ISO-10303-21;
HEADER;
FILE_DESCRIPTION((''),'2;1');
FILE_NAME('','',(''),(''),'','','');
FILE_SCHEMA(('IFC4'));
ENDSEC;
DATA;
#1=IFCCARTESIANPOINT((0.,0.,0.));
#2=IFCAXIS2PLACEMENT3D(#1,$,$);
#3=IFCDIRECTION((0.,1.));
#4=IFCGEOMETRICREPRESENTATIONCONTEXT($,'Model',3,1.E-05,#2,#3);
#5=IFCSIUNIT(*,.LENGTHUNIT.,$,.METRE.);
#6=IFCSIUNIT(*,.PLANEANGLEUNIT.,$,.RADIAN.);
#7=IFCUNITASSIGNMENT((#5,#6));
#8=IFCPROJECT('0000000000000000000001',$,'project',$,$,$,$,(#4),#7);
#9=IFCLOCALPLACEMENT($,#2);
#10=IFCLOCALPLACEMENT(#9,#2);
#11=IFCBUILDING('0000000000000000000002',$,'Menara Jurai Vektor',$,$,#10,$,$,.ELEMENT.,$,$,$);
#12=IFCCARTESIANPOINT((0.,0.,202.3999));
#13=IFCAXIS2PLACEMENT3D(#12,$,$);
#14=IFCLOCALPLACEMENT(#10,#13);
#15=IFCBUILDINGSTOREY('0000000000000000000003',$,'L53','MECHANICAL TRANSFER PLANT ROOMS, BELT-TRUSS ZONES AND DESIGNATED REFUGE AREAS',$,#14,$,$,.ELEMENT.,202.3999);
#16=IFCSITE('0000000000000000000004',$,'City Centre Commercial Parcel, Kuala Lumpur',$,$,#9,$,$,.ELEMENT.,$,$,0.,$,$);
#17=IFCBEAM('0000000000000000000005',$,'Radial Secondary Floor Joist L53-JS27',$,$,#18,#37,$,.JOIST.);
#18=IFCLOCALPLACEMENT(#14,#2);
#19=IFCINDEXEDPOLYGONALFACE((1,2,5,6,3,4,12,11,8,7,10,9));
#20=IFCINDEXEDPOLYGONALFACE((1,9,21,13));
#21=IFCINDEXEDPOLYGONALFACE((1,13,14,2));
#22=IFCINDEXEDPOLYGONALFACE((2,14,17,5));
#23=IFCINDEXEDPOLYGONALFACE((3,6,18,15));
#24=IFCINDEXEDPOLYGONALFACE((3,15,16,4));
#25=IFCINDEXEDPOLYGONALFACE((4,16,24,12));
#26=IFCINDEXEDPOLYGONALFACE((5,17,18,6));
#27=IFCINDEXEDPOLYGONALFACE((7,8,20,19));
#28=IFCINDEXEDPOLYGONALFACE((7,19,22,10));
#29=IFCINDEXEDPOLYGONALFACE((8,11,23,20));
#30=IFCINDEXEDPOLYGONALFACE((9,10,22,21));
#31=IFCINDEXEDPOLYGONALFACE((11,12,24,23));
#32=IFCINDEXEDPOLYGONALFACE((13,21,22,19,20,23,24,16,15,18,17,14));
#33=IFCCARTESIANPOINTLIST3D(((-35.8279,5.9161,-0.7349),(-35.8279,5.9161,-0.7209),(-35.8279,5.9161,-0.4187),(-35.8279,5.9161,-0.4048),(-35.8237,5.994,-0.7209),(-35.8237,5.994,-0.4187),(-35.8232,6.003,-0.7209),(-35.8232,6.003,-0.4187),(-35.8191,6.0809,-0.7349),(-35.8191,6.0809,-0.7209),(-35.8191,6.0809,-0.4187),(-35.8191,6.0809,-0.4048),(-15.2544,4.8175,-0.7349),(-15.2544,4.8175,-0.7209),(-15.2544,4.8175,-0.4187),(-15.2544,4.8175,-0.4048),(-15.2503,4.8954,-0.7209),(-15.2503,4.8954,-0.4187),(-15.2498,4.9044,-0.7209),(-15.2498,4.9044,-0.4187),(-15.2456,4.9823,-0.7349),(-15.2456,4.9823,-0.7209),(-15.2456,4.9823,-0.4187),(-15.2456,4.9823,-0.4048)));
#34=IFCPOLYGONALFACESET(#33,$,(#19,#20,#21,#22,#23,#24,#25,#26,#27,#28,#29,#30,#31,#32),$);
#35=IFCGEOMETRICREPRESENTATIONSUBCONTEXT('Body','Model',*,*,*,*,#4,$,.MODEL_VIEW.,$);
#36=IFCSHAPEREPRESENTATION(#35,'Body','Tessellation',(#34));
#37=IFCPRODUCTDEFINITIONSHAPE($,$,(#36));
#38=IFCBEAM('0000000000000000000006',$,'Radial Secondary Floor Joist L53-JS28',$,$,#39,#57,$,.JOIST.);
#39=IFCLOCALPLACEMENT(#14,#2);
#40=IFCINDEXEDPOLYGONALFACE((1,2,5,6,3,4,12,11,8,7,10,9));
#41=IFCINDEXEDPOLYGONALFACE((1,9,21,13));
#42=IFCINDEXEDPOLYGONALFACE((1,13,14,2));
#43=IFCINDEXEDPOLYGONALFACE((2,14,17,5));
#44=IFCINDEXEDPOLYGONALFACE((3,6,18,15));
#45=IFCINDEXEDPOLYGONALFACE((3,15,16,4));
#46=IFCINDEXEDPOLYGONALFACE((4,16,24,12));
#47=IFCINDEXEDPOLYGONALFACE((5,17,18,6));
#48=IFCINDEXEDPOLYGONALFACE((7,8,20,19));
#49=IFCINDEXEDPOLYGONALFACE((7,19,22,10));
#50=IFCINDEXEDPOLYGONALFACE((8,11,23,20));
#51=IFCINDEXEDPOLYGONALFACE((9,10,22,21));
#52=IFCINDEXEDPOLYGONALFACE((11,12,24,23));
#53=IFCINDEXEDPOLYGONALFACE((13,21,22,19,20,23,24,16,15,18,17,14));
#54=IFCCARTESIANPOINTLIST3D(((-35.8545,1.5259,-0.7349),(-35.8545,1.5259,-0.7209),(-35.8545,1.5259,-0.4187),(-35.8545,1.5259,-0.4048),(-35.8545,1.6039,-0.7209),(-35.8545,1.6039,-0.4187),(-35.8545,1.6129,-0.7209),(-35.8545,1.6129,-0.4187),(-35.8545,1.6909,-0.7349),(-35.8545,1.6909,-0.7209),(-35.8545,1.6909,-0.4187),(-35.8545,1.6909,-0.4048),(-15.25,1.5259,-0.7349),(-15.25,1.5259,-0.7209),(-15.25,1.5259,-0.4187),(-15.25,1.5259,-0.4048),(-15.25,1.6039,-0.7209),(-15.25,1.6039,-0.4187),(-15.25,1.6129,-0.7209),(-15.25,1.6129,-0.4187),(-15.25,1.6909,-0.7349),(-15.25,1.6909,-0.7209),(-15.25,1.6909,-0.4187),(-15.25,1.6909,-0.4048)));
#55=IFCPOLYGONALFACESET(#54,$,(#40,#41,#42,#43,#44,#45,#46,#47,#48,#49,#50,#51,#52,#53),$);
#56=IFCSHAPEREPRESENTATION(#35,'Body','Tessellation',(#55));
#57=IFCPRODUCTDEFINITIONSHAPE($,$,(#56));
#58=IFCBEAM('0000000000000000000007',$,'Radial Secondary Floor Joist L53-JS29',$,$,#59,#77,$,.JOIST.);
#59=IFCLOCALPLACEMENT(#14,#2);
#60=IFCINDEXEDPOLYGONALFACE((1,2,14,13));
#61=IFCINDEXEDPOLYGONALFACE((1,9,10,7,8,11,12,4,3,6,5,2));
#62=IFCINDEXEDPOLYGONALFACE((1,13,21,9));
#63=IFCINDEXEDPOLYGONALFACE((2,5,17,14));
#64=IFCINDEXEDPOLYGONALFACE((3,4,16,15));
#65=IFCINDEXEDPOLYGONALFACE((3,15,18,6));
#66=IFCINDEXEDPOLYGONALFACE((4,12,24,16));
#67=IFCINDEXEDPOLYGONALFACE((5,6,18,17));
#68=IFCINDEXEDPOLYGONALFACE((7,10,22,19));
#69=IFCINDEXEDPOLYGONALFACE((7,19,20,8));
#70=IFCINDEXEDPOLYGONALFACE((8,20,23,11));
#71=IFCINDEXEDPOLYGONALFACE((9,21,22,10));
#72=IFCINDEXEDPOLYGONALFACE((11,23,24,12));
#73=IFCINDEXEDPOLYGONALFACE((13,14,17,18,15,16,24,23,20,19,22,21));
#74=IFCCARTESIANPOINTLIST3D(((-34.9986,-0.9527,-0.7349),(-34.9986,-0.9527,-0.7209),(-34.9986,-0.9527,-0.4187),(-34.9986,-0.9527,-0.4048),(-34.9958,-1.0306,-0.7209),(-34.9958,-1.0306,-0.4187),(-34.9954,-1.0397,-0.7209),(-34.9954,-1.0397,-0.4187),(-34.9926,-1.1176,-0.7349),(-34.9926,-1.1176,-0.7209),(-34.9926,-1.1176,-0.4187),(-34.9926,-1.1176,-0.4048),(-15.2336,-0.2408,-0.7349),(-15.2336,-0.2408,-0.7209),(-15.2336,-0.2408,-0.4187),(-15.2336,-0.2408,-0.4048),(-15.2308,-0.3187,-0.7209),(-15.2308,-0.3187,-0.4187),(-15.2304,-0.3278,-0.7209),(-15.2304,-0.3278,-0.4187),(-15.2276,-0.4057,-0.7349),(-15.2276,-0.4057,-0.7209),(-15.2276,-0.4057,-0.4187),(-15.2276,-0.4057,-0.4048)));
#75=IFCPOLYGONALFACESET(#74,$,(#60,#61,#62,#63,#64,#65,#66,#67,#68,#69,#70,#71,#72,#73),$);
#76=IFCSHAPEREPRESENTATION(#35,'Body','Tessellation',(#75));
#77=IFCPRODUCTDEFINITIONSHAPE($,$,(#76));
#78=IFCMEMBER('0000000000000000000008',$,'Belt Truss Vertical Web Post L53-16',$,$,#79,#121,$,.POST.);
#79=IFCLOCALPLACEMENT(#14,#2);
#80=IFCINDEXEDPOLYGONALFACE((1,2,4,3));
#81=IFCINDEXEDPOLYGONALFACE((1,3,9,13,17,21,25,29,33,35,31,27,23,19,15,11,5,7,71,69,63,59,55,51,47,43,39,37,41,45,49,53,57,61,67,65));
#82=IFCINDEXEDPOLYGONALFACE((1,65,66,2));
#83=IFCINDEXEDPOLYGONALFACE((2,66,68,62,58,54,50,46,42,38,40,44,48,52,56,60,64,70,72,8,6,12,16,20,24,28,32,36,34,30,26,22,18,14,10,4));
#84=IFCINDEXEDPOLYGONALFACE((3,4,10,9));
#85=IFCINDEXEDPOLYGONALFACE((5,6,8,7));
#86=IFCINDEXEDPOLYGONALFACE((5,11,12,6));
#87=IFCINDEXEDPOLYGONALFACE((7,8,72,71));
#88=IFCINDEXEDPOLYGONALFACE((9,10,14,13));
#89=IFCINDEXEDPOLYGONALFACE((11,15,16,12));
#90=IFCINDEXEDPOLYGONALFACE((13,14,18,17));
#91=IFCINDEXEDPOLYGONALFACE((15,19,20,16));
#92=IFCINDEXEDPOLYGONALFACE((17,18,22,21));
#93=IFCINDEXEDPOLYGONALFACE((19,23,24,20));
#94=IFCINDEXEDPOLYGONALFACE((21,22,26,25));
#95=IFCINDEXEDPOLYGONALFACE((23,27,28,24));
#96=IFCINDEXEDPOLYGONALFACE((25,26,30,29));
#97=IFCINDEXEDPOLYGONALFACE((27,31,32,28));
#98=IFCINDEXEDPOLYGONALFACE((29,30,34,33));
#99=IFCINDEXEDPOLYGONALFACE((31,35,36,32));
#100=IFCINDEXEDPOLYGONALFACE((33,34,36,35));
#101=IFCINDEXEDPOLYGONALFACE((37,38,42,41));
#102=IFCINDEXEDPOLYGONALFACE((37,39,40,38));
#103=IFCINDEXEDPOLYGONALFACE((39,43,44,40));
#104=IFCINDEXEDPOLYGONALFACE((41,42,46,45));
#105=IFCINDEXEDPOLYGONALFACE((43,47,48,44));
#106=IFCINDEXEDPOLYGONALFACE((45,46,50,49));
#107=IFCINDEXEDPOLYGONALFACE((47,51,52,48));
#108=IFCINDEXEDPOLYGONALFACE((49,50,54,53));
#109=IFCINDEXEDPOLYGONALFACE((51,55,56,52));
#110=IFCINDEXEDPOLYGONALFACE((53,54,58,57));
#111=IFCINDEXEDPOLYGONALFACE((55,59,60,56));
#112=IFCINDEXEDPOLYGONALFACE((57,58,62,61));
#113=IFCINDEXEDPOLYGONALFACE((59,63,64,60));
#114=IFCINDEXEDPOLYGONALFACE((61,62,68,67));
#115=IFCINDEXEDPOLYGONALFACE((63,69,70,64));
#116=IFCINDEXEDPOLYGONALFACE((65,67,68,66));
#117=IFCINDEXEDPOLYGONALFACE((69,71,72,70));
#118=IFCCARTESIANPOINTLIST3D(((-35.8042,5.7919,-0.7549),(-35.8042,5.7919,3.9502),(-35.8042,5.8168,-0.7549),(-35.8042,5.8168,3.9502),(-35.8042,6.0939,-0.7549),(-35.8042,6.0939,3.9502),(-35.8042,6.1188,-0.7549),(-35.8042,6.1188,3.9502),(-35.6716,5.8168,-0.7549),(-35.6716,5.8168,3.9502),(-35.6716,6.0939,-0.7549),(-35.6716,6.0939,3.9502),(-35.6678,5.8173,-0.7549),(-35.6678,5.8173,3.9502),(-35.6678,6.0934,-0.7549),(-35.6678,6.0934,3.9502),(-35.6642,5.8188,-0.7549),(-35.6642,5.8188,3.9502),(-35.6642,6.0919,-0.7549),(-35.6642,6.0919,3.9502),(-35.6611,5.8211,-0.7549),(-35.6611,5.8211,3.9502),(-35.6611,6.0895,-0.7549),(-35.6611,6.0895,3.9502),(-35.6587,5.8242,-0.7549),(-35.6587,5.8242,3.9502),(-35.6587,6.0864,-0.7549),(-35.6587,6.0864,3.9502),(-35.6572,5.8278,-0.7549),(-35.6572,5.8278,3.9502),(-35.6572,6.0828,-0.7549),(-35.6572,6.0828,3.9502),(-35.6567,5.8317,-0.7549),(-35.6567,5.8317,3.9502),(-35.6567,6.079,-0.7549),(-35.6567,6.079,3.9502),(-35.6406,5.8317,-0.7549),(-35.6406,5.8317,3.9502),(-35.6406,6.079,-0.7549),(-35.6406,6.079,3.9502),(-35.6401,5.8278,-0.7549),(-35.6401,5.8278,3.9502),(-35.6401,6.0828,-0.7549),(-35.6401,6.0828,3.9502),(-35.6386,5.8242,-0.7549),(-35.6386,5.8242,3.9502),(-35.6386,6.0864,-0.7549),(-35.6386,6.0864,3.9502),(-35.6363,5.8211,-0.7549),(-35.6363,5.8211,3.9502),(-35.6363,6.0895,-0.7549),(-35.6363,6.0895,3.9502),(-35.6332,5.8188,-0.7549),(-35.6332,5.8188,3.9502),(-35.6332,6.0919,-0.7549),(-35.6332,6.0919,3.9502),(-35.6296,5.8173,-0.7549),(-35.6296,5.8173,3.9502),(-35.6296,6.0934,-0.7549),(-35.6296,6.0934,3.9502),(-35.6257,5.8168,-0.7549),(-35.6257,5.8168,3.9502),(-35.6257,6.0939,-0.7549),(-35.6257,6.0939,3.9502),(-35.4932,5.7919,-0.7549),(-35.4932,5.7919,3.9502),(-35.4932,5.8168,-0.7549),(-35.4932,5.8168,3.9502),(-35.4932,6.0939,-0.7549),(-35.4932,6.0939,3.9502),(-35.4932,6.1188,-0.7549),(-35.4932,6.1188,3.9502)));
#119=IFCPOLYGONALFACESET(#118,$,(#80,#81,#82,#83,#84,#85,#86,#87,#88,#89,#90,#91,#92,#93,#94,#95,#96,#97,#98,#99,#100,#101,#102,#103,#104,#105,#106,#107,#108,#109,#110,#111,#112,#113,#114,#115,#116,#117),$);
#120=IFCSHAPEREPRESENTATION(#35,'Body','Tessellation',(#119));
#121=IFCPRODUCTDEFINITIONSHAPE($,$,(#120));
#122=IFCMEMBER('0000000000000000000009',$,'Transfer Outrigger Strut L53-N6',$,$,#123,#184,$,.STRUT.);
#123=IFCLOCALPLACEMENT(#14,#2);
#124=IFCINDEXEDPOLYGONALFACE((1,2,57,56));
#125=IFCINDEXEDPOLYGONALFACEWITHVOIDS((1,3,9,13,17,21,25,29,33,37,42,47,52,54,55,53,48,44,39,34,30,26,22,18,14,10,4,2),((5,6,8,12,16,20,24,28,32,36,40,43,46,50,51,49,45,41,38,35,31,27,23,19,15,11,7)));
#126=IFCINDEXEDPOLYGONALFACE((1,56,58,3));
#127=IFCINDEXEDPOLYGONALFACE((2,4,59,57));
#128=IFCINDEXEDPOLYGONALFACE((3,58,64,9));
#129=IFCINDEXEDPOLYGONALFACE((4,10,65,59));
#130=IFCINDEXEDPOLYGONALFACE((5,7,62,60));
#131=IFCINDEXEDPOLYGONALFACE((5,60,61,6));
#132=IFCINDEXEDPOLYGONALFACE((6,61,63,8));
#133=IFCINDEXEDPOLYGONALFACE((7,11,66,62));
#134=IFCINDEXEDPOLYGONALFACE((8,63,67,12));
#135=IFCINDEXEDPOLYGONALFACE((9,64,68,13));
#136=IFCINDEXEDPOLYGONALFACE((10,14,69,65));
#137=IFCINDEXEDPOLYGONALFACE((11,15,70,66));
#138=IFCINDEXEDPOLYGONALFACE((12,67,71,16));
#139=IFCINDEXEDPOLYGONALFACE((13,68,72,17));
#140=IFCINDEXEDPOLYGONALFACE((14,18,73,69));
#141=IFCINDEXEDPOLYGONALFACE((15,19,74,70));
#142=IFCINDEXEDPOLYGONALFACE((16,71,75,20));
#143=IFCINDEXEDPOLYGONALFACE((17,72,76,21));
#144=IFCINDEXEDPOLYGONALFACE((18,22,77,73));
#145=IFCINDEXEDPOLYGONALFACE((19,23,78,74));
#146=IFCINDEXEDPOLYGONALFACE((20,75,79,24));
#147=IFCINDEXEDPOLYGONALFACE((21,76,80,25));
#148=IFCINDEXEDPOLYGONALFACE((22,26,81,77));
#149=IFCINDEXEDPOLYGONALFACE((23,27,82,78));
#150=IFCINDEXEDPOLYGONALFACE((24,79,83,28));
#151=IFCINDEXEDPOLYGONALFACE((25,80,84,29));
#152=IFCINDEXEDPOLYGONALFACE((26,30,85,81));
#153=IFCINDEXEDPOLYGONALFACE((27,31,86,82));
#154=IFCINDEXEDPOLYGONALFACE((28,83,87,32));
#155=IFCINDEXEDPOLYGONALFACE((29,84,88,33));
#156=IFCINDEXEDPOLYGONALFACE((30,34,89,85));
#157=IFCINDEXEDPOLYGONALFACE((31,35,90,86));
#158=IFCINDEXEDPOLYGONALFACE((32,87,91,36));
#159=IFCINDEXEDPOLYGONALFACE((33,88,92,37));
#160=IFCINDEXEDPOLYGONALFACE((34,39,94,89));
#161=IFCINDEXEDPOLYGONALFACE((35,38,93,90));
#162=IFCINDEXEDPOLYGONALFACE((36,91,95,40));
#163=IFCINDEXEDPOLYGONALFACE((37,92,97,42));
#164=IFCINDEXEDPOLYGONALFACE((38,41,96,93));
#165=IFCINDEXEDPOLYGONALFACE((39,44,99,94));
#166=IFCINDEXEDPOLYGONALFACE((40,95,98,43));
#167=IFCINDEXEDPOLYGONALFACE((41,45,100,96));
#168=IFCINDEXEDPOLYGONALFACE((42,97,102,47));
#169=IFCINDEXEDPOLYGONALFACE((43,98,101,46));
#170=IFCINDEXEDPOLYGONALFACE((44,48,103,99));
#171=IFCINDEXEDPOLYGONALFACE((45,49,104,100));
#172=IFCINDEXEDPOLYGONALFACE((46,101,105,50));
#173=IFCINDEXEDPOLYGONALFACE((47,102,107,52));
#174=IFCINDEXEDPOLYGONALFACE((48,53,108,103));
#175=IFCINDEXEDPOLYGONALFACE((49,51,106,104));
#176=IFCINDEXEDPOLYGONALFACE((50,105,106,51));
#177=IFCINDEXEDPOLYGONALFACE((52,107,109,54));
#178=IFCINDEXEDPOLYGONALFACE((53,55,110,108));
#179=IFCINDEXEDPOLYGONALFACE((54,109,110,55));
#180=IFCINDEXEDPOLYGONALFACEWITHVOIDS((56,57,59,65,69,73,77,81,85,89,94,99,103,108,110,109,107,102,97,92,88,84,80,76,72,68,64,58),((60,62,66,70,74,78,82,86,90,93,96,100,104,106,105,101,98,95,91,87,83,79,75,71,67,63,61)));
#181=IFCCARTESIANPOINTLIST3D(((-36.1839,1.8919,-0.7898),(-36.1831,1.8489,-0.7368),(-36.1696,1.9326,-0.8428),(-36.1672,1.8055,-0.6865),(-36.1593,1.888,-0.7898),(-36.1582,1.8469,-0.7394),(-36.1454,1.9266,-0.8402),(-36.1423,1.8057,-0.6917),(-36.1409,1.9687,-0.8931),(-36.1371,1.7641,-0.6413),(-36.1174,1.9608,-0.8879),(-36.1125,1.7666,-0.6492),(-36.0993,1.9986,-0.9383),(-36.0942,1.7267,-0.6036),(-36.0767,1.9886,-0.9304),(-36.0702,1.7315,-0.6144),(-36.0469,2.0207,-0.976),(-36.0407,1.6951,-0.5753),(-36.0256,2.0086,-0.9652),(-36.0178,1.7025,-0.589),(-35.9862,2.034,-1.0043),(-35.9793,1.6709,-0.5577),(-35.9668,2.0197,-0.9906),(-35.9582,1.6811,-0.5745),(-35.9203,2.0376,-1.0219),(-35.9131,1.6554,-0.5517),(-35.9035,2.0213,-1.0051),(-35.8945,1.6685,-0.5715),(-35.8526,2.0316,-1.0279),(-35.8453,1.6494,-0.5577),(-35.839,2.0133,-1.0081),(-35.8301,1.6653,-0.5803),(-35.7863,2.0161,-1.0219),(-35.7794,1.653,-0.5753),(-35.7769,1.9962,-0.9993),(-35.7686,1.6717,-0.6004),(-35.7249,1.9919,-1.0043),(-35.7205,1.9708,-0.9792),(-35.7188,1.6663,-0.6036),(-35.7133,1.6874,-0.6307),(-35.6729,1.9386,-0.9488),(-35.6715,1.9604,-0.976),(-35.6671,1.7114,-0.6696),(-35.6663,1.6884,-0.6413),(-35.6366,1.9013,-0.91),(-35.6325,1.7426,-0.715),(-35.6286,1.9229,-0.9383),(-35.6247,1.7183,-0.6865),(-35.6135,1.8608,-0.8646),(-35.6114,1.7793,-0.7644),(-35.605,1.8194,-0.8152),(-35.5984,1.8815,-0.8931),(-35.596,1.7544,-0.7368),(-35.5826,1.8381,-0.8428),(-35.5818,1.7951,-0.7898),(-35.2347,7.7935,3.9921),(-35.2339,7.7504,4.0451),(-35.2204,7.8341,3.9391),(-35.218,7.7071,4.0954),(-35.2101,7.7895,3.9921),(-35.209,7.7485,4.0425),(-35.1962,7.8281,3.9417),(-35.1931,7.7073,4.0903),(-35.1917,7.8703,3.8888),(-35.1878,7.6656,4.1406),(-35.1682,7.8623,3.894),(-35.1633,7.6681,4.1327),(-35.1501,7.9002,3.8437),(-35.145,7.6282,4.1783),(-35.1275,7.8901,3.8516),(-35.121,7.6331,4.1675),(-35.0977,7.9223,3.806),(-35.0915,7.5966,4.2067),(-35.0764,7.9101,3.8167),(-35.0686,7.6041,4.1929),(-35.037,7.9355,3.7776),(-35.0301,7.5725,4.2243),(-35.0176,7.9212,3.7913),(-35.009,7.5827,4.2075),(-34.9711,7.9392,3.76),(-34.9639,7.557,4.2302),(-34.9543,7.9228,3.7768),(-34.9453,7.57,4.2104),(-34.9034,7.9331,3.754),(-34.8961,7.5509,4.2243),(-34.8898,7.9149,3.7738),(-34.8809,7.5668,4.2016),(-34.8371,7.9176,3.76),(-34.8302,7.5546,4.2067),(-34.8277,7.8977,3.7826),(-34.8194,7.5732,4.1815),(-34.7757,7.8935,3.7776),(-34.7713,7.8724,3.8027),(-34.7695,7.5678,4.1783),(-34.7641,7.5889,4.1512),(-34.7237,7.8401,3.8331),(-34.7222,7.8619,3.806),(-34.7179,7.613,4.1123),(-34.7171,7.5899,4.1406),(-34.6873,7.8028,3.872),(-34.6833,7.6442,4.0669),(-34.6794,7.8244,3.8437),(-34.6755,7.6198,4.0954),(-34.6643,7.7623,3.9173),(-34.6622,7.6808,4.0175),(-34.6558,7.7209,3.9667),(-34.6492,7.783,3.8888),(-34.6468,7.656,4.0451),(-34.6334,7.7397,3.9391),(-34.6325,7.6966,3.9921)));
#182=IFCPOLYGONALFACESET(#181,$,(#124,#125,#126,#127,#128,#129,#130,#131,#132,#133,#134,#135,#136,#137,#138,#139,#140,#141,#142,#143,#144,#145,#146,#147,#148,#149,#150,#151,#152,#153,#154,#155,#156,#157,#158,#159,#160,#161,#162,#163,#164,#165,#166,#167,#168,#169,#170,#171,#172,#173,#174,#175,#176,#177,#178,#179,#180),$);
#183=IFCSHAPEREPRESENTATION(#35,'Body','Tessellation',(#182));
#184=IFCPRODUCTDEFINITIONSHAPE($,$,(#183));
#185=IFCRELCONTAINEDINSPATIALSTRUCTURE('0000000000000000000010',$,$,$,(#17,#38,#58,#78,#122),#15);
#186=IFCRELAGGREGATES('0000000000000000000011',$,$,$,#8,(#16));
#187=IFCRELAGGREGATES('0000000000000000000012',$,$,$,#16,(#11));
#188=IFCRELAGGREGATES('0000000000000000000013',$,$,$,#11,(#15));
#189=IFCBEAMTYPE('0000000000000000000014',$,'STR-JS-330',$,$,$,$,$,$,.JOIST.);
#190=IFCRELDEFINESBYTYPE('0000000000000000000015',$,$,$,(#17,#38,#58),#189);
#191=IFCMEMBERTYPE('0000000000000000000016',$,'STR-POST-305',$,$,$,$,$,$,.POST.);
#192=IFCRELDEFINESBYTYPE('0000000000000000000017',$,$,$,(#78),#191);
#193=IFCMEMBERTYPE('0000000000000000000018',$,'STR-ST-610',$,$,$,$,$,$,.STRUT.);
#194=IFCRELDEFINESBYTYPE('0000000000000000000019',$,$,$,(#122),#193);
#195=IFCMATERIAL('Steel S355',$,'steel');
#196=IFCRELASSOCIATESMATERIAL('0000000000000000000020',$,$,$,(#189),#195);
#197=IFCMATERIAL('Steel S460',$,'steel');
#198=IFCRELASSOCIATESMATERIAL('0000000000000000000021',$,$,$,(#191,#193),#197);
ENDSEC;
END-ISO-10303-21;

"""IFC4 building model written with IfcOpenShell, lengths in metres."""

from ifc_helpers import new_model, si_unit, direction, frame, origin, origin_2d, place, context, subcontext, project, spatial, hollow_circle, i_section, extrude, material, material_profile, profile_set, type_object, element, save


model = new_model("IFC4")

# Units and contexts
model_context = context("Model", 3, precision=1e-05, world=origin(), true_north=direction((0.0, 1.0)))
body_context = subcontext(model_context, "Body", "Model", "MODEL_VIEW")
ifc_project = project(units=[si_unit("LENGTHUNIT", "METRE"), si_unit("PLANEANGLEUNIT", "RADIAN")], contexts=[model_context])

# Site, building, storey
site_placement = place(None, origin())
site = spatial("IfcSite", under=ifc_project, at=site_placement, Name="City Centre Commercial Parcel, Kuala Lumpur", CompositionType="ELEMENT", RefElevation=0.0)
building_placement = place(site_placement, origin())
building = spatial("IfcBuilding", under=site, at=building_placement, Name="Menara Jurai Vektor", CompositionType="ELEMENT")
storey_placement = place(building_placement, frame((0.0, 0.0, 202.3999)))
storey = spatial("IfcBuildingStorey", under=building, at=storey_placement, Name="L53", Description="MECHANICAL TRANSFER PLANT ROOMS, BELT-TRUSS ZONES AND DESIGNATED REFUGE AREAS", CompositionType="ELEMENT", Elevation=202.3999)

# Shared definitions
ifc_material_1 = material(Name="Steel S460", Category="steel")

# Shared definitions
ifc_material_2 = material(Name="Steel S355", Category="steel")

# Beams
ifc_material_profile_1 = material_profile(ifc_material_2, i_section(OverallWidth=0.165, OverallDepth=0.3301, WebThickness=0.009, FlangeThickness=0.0139, at=origin_2d()), Name="PG 330x165x46")
ifc_profile_set_1 = profile_set([ifc_material_profile_1], Name="Steel S355")
beam_type_1 = type_object("IfcBeamType", Name="STR-JS-330", PredefinedType="JOIST", material=ifc_profile_set_1)
beam_1_placement = place(storey_placement, frame((-35.8235, 5.9985, -0.5698), z_axis=(0.998577, -0.053324, 0.0), x_axis=(0.053324, 0.998577, 0.0)))
element("IfcBeam", 1, at=beam_1_placement, inside=storey, type_object=beam_type_1, Name="Radial Secondary Floor Joist L53-JS27", PredefinedType="JOIST", context=body_context, shape_type="SweptSolid", body=[
    extrude(i_section(OverallWidth=0.165, OverallDepth=0.3301, WebThickness=0.009, FlangeThickness=0.0139, at=origin_2d()), origin(), (0.0, 0.0, 1.0), 20.6028),
])
beam_2_placement = place(storey_placement, frame((-35.8545, 1.6084, -0.5698), z_axis=(1.0, 0.0, 0.0), x_axis=(0.0, 1.0, 0.0)))
element("IfcBeam", 2, at=beam_2_placement, inside=storey, type_object=beam_type_1, Name="Radial Secondary Floor Joist L53-JS28", PredefinedType="JOIST", context=body_context, shape_type="SweptSolid", body=[
    extrude(i_section(OverallWidth=0.165, OverallDepth=0.3301, WebThickness=0.009, FlangeThickness=0.0139, at=origin_2d()), origin(), (0.0, 0.0, 1.0), 20.6045),
])
beam_3_placement = place(storey_placement, frame((-34.9956, -1.0352, -0.5698), z_axis=(0.999352, 0.035995, 0.0), x_axis=(-0.035995, 0.999352, 0.0)))
element("IfcBeam", 3, at=beam_3_placement, inside=storey, type_object=beam_type_1, Name="Radial Secondary Floor Joist L53-JS29", PredefinedType="JOIST", context=body_context, shape_type="SweptSolid", body=[
    extrude(i_section(OverallWidth=0.165, OverallDepth=0.3301, WebThickness=0.009, FlangeThickness=0.0139, at=origin_2d()), origin(), (0.0, 0.0, 1.0), 19.7778),
])

# Members
ifc_material_profile_2 = material_profile(ifc_material_1, i_section(OverallWidth=0.311, OverallDepth=0.3269, WebThickness=0.0161, FlangeThickness=0.0249, FilletRadius=0.0149, at=origin_2d()), Name="UKC 305x305x158")
ifc_profile_set_2 = profile_set([ifc_material_profile_2], Name="Steel S460")
member_type_1 = type_object("IfcMemberType", Name="STR-POST-305", PredefinedType="POST", material=ifc_profile_set_2)
member_1_placement = place(storey_placement, frame((-35.6487, 5.9553, -0.7549), z_axis=(0.0, 0.0, 1.0), x_axis=(1.0, 0.0, 0.0)))
element("IfcMember", 4, at=member_1_placement, inside=storey, type_object=member_type_1, Name="Belt Truss Vertical Web Post L53-16", PredefinedType="POST", context=body_context, shape_type="SweptSolid", body=[
    extrude(i_section(OverallWidth=0.311, OverallDepth=0.3269, WebThickness=0.0161, FlangeThickness=0.0249, FilletRadius=0.0149, at=origin_2d()), origin(), (0.0, 0.0, 1.0), 4.7051),
])
ifc_material_profile_3 = material_profile(ifc_material_1, hollow_circle(Radius=0.3049, WallThickness=0.0249, at=origin_2d()), Name="CHS 610x25")
ifc_profile_set_3 = profile_set([ifc_material_profile_3], Name="Steel S460")
member_type_2 = type_object("IfcMemberType", Name="STR-ST-610", PredefinedType="STRUT", material=ifc_profile_set_3)
member_2_placement = place(storey_placement, frame((-35.8828, 1.8435, -0.7898), z_axis=(0.124002, 0.770959, 0.624696), x_axis=(-0.987311, 0.1588, 0.0)))
element("IfcMember", 5, at=member_2_placement, inside=storey, type_object=member_type_2, Name="Transfer Outrigger Strut L53-N6", PredefinedType="STRUT", context=body_context, shape_type="SweptSolid", body=[
    extrude(hollow_circle(Radius=0.3049, WallThickness=0.0249, at=origin_2d()), origin(), (0.0, 0.0, 1.0), 7.6548),
])

save(model, "model.ifc")
